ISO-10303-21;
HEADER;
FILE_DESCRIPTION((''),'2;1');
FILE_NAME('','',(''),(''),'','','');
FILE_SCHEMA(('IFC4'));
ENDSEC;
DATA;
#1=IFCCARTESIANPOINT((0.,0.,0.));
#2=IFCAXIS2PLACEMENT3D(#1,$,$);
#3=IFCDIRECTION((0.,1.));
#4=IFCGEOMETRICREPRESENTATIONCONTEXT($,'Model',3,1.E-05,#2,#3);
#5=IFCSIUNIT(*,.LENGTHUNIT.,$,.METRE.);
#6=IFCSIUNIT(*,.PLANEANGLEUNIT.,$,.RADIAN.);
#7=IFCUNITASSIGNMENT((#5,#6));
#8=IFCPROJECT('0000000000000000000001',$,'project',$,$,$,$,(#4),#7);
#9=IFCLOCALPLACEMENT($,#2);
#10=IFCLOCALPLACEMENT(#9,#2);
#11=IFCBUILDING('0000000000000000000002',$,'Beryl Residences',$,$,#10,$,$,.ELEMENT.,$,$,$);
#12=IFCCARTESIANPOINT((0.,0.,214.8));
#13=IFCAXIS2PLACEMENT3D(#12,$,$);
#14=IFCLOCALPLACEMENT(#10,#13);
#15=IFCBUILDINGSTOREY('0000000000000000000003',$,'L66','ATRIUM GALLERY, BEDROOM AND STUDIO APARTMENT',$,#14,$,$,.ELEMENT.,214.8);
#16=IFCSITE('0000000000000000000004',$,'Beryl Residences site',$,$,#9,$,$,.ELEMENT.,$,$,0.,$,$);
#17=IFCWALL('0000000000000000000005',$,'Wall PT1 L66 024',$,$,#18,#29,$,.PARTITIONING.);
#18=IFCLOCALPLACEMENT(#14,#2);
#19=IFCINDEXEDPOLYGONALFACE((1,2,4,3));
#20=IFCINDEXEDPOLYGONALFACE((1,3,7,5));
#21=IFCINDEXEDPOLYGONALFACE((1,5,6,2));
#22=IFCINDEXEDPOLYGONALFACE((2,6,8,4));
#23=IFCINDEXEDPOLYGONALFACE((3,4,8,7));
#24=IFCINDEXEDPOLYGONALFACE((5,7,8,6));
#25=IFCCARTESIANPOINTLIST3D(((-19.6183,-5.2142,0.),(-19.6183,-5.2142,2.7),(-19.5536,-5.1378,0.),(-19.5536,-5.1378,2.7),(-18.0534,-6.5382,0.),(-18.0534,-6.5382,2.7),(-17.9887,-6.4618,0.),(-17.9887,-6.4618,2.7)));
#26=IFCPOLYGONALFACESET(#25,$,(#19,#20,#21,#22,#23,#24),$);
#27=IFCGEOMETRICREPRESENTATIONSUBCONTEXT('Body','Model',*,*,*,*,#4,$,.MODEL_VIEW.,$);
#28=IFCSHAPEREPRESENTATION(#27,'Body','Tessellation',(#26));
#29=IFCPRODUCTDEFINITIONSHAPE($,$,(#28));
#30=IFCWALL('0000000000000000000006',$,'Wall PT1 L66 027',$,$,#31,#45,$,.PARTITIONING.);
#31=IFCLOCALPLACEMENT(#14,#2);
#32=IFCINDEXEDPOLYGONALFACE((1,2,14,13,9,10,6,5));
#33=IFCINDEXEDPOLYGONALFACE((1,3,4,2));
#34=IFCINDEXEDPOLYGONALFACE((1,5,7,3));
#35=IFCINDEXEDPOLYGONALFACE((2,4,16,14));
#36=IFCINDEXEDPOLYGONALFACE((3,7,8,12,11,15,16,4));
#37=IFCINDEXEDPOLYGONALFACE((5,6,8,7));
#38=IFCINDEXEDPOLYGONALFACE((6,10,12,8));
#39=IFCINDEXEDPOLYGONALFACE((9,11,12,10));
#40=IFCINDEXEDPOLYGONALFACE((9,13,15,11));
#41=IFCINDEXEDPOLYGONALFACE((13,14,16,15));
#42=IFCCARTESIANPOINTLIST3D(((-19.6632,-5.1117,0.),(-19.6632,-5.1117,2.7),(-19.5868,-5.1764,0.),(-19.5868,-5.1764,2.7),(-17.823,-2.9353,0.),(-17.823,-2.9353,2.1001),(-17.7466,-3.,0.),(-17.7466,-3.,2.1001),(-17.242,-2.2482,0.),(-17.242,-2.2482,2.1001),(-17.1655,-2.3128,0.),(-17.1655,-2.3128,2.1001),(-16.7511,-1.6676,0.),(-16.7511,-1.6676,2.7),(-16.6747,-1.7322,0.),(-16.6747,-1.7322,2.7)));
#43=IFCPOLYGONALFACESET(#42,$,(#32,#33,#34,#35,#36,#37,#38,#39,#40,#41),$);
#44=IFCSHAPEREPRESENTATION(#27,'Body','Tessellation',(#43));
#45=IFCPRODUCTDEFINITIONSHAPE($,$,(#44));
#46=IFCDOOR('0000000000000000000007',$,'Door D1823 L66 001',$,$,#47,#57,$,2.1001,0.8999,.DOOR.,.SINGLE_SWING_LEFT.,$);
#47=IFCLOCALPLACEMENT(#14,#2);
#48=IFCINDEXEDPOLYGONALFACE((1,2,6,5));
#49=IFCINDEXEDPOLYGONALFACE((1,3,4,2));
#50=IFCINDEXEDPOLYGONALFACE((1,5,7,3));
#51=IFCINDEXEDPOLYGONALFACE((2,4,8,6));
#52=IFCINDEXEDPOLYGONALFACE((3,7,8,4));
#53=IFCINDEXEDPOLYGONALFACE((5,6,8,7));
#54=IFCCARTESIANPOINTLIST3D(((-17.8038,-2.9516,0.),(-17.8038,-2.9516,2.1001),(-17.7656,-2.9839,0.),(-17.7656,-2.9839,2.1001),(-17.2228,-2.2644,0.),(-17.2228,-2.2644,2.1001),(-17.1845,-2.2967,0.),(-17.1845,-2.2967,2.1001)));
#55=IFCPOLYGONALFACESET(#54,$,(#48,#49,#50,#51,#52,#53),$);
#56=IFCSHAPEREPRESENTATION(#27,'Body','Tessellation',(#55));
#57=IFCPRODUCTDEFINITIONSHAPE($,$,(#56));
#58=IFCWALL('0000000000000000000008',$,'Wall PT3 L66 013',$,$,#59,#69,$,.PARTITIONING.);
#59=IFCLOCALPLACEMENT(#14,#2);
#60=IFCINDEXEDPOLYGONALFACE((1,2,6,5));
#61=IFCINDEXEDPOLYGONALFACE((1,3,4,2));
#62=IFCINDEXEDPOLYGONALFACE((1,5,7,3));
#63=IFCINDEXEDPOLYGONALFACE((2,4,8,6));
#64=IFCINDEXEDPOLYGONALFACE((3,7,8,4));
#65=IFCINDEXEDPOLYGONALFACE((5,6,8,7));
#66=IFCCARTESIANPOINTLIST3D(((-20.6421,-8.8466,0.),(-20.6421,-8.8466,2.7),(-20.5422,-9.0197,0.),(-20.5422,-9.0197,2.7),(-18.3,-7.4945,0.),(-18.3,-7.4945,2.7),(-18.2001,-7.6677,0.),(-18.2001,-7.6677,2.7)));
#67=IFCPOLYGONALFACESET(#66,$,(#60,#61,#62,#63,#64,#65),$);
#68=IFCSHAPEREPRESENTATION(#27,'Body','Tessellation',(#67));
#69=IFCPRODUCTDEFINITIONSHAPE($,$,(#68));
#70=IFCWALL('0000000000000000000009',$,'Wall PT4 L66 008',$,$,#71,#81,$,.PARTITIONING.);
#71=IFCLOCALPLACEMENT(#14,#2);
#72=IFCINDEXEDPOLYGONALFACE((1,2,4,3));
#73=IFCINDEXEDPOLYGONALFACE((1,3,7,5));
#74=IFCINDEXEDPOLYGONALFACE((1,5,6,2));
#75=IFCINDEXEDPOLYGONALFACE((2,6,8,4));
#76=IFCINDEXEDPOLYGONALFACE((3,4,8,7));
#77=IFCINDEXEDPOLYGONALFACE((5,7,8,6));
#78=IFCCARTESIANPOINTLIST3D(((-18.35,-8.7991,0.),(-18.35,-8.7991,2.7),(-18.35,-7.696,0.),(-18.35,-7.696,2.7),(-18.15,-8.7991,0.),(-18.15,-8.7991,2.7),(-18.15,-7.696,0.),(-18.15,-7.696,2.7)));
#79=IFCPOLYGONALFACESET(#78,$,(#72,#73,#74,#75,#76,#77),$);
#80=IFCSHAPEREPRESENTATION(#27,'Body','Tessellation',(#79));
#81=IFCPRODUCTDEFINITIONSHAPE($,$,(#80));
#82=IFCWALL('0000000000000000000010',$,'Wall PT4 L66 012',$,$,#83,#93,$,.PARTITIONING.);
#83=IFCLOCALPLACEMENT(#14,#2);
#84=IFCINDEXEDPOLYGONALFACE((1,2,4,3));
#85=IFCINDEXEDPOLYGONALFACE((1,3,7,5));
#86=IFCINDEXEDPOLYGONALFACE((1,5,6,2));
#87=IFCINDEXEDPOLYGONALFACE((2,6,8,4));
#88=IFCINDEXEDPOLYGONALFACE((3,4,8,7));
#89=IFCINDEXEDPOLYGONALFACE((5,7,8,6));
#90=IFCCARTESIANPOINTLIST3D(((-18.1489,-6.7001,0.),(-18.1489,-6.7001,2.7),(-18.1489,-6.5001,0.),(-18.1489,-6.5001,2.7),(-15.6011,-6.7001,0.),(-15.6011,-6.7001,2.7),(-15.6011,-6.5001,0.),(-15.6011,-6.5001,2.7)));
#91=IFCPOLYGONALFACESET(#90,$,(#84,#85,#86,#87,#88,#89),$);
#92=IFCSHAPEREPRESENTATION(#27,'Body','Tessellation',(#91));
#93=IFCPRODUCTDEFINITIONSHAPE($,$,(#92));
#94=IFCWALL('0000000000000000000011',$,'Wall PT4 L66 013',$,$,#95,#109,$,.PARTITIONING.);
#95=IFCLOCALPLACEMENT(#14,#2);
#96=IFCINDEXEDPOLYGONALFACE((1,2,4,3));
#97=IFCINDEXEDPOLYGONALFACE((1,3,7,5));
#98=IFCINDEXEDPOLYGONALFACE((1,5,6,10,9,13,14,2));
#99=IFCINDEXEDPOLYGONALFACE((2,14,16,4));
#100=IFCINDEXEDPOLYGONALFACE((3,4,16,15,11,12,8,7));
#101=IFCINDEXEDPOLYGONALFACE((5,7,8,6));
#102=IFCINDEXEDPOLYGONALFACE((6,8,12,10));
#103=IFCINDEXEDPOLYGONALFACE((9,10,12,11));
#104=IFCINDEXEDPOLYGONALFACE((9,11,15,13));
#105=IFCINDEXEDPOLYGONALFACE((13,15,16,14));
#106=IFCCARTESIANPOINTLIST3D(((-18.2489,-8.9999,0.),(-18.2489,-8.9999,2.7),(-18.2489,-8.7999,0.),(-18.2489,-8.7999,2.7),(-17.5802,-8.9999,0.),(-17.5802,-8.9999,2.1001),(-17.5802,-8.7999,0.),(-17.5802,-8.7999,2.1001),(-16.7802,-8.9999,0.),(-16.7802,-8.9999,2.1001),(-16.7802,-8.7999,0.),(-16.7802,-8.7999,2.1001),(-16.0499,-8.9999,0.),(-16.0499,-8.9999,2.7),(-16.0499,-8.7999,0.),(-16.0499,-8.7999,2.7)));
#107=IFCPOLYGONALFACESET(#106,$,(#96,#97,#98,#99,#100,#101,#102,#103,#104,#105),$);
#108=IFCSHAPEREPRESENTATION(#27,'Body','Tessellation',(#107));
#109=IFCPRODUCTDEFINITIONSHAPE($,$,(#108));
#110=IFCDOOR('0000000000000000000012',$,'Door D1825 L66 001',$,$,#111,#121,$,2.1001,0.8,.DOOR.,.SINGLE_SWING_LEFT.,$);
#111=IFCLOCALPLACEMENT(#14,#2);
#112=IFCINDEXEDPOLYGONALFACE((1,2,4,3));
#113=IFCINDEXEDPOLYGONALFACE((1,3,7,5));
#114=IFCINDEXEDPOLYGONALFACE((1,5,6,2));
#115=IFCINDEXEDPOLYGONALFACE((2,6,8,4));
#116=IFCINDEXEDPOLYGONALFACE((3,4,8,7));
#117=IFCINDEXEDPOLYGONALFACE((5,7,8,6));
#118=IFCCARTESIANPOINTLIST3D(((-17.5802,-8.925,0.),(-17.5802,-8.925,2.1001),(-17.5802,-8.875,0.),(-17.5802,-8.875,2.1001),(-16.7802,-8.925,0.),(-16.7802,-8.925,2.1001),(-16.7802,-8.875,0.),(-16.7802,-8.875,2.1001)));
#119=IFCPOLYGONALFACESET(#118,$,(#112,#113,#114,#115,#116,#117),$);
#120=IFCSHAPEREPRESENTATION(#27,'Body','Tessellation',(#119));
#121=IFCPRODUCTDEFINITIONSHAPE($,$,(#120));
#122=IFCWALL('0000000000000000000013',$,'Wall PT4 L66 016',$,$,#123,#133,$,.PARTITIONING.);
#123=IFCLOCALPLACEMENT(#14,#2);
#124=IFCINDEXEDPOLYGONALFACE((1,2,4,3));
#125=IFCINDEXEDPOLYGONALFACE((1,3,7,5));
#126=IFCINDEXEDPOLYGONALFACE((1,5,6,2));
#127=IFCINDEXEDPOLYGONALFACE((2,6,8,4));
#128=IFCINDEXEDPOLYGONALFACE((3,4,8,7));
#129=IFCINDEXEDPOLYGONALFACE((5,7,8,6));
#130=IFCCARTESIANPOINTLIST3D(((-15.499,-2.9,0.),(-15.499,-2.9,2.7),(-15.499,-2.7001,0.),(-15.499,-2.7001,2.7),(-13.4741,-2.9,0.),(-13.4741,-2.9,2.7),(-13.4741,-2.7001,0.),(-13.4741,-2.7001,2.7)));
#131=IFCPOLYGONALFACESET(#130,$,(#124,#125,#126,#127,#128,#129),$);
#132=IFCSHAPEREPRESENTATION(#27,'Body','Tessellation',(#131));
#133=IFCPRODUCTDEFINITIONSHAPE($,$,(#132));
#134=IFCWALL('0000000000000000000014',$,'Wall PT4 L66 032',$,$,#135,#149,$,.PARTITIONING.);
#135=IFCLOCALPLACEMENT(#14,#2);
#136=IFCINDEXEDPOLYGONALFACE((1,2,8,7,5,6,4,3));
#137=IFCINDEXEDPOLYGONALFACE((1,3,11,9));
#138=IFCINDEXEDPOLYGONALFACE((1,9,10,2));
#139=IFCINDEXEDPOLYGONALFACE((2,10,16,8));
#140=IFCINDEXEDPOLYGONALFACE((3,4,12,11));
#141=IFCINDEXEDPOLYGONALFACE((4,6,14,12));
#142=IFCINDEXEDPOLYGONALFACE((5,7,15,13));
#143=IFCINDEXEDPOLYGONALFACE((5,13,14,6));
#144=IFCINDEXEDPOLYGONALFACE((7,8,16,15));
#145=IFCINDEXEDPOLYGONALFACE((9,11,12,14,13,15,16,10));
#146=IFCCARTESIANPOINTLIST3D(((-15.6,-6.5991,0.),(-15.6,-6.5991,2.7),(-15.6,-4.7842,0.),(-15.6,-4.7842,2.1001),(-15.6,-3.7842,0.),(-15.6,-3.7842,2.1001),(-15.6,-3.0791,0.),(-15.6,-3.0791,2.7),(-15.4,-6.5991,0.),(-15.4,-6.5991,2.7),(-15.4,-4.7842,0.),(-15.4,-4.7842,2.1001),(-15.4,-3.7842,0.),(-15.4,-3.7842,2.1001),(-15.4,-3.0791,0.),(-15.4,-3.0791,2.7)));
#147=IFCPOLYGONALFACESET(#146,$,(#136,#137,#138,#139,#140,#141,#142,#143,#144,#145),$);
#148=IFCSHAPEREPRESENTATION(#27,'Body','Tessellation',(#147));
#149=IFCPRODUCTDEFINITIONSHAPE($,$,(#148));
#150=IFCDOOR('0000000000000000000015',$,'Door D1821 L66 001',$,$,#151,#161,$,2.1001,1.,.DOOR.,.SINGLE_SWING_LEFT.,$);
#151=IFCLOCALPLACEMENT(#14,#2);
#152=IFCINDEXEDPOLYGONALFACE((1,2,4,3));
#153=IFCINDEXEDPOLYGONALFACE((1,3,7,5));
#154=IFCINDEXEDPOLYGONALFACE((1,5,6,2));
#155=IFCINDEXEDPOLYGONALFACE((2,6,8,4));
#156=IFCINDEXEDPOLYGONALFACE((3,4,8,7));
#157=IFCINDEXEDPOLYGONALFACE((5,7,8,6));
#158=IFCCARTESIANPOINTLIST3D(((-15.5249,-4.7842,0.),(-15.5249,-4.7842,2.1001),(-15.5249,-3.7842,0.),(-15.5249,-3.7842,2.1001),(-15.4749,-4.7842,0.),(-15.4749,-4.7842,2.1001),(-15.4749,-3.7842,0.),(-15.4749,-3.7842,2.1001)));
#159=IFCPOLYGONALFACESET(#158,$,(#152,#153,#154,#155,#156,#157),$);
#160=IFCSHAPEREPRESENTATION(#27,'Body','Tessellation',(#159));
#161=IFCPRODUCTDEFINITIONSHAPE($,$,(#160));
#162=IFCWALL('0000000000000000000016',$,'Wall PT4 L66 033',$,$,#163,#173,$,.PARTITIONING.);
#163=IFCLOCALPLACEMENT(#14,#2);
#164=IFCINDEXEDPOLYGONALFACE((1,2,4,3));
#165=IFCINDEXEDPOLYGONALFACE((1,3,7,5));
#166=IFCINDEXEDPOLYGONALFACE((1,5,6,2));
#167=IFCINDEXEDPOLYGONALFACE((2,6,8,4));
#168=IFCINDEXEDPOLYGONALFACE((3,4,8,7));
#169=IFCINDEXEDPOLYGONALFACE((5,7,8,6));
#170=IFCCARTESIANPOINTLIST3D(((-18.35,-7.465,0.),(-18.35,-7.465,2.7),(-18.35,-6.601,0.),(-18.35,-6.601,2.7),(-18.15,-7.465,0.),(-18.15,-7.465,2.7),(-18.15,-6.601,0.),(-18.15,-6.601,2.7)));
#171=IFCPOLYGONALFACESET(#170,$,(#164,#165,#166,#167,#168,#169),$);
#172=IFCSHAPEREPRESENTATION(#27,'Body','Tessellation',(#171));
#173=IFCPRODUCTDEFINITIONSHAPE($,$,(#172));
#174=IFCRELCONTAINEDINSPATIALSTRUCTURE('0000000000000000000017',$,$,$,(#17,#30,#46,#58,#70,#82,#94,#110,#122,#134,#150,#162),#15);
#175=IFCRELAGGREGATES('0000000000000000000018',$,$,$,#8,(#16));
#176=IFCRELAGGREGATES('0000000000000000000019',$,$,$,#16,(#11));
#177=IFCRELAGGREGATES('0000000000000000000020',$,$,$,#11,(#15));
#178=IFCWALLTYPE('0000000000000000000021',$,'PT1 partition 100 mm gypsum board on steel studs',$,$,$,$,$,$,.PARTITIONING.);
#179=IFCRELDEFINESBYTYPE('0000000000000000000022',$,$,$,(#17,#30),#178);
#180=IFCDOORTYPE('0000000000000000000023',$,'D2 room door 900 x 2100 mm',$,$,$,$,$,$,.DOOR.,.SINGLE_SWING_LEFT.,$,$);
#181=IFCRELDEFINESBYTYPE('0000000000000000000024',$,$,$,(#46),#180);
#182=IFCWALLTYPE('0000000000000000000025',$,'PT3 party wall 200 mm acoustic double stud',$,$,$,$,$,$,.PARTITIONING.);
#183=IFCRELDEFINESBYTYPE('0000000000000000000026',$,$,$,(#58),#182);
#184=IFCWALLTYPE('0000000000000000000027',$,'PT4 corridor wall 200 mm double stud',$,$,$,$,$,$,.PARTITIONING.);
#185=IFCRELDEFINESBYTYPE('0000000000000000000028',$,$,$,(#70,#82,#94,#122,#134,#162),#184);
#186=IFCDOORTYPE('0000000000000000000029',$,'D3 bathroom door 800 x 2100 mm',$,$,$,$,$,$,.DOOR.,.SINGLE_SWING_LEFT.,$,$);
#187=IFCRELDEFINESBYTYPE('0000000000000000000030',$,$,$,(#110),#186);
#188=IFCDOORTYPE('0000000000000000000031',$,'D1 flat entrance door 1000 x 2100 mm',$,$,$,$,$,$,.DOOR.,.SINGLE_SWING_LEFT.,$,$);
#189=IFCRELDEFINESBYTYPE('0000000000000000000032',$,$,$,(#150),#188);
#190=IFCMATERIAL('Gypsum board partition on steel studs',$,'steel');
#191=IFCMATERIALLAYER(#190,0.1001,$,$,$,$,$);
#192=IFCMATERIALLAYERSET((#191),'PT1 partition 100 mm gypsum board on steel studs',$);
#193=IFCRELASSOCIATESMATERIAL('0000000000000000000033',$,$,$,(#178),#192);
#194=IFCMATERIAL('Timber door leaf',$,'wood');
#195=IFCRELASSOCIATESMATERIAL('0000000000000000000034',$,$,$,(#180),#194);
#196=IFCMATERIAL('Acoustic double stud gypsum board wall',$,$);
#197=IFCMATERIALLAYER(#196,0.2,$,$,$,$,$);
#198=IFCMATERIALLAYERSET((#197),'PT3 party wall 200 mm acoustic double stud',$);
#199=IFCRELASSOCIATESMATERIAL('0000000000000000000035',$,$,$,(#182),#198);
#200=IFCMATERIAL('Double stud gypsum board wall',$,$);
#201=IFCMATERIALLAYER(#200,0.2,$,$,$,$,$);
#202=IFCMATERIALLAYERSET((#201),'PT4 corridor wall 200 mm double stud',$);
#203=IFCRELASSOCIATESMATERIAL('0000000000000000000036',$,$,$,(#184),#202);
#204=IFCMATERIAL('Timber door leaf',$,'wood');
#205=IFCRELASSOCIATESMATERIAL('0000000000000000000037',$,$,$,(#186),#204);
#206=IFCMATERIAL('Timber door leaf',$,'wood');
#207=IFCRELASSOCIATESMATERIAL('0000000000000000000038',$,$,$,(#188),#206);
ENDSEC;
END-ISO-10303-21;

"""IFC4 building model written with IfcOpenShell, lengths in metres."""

from ifc_helpers import new_model, si_unit, direction, frame, frame_2d, origin, place, context, subcontext, project, spatial, rectangle, extrude, material, layer, layer_set, type_object, element, fill, save


model = new_model("IFC4")

# Units and contexts
model_context = context("Model", 3, precision=1e-05, world=origin(), true_north=direction((0.0, 1.0)))
body_context = subcontext(model_context, "Body", "Model", "MODEL_VIEW")
ifc_project = project(units=[si_unit("LENGTHUNIT", "METRE"), si_unit("PLANEANGLEUNIT", "RADIAN")], contexts=[model_context])

# Site, building, storey
site_placement = place(None, origin())
site = spatial("IfcSite", under=ifc_project, at=site_placement, Name="Beryl Residences site", CompositionType="ELEMENT", RefElevation=0.0)
building_placement = place(site_placement, origin())
building = spatial("IfcBuilding", under=site, at=building_placement, Name="Beryl Residences", CompositionType="ELEMENT")
storey_placement = place(building_placement, frame((0.0, 0.0, 214.8)))
storey = spatial("IfcBuildingStorey", under=building, at=storey_placement, Name="L66", Description="ATRIUM GALLERY, BEDROOM AND STUDIO APARTMENT", CompositionType="ELEMENT", Elevation=214.8)

# Shared definitions
ifc_material_1 = material(Name="Gypsum board partition on steel studs", Category="steel")
ifc_layer_1 = layer(ifc_material_1, 0.1001)
ifc_layer_set_1 = layer_set([ifc_layer_1], Name="PT1 partition 100 mm gypsum board on steel studs")
wall_type_1 = type_object("IfcWallType", Name="PT1 partition 100 mm gypsum board on steel studs", PredefinedType="PARTITIONING", material=ifc_layer_set_1)
ifc_material_2 = material(Name="Timber door leaf", Category="wood")
door_type_1 = type_object("IfcDoorType", Name="D2 room door 900 x 2100 mm", OperationType="SINGLE_SWING_LEFT", PredefinedType="DOOR", material=ifc_material_2)

# Wall
wall_1_placement = place(storey_placement, frame((-19.5859, -5.176, 0.0), z_axis=(0.0, 0.0, 1.0), x_axis=(0.763436, -0.645884, 0.0)))
element("IfcWall", 1, at=wall_1_placement, inside=storey, type_object=wall_type_1, Name="Wall PT1 L66 024", PredefinedType="PARTITIONING", context=body_context, shape_type="SweptSolid", body=[
    extrude(rectangle(XDim=2.0498, YDim=0.1001, at=frame_2d((1.0249, 0.0))), origin(), (0.0, 0.0, 1.0), 2.7),
])

# Wall, opening, door
wall_2_placement = place(storey_placement, frame((-19.625, -5.144, 0.0), z_axis=(0.0, 0.0, 1.0), x_axis=(0.645668, 0.763618, 0.0)))
wall_2 = element("IfcWall", 2, at=wall_2_placement, inside=storey, type_object=wall_type_1, Name="Wall PT1 L66 027", PredefinedType="PARTITIONING", context=body_context, shape_type="SweptSolid", body=[
    extrude(rectangle(XDim=4.5103, YDim=0.1001, at=frame_2d((2.2551, 0.0))), origin(), (0.0, 0.0, 1.0), 2.7),
])
opening_1_placement = place(wall_2_placement, frame((2.8501, 0.0, 0.0)))
opening_1 = element("IfcOpeningElement", 3, at=opening_1_placement, cuts=wall_2, PredefinedType="OPENING", context=body_context, shape_type="SweptSolid", body=[
    extrude(rectangle(XDim=0.8999, YDim=2.1001, at=frame_2d((0.45, 1.05))), frame((0.0, 0.0601, 0.0), z_axis=(0.0, -1.0, 0.0), x_axis=(1.0, 0.0, 0.0)), (0.0, 0.0, 1.0), 0.1201),
])
door_1_placement = place(opening_1_placement, origin())
door_1 = element("IfcDoor", 4, at=door_1_placement, inside=storey, type_object=door_type_1, Name="Door D1823 L66 001", OperationType="SINGLE_SWING_LEFT", OverallHeight=2.1001, OverallWidth=0.8999, PredefinedType="DOOR", context=body_context, shape_type="SweptSolid", body=[
    extrude(rectangle(XDim=0.8999, YDim=2.1001, at=frame_2d((0.45, 1.05))), frame((0.0, 0.0249, 0.0), z_axis=(0.0, -1.0, 0.0), x_axis=(1.0, 0.0, 0.0)), (0.0, 0.0, 1.0), 0.05),
])
fill(opening_1, door_1)

# Walls
ifc_material_3 = material(Name="Acoustic double stud gypsum board wall")
ifc_layer_2 = layer(ifc_material_3, 0.2)
ifc_layer_set_2 = layer_set([ifc_layer_2], Name="PT3 party wall 200 mm acoustic double stud")
wall_type_2 = type_object("IfcWallType", Name="PT3 party wall 200 mm acoustic double stud", PredefinedType="PARTITIONING", material=ifc_layer_set_2)
wall_3_placement = place(storey_placement, frame((-20.592, -8.9331, 0.0), z_axis=(0.0, 0.0, 1.0), x_axis=(0.866046, 0.499965, 0.0)))
element("IfcWall", 5, at=wall_3_placement, inside=storey, type_object=wall_type_2, Name="Wall PT3 L66 013", PredefinedType="PARTITIONING", context=body_context, shape_type="SweptSolid", body=[
    extrude(rectangle(XDim=2.7043, YDim=0.2, at=frame_2d((1.3521, 0.0))), origin(), (0.0, 0.0, 1.0), 2.7),
])
ifc_material_4 = material(Name="Double stud gypsum board wall")
ifc_layer_3 = layer(ifc_material_4, 0.2)
ifc_layer_set_3 = layer_set([ifc_layer_3], Name="PT4 corridor wall 200 mm double stud")
wall_type_3 = type_object("IfcWallType", Name="PT4 corridor wall 200 mm double stud", PredefinedType="PARTITIONING", material=ifc_layer_set_3)
wall_4_placement = place(storey_placement, frame((-18.25, -7.696, 0.0), z_axis=(0.0, 0.0, 1.0), x_axis=(0.0, -1.0, 0.0)))
element("IfcWall", 6, at=wall_4_placement, inside=storey, type_object=wall_type_3, Name="Wall PT4 L66 008", PredefinedType="PARTITIONING", context=body_context, shape_type="SweptSolid", body=[
    extrude(rectangle(XDim=1.103, YDim=0.2, at=frame_2d((0.5515, 0.0))), origin(), (0.0, 0.0, 1.0), 2.7),
])
wall_5_placement = place(storey_placement, frame((-18.1489, -6.6001, 0.0), z_axis=(0.0, 0.0, 1.0), x_axis=(1.0, 0.0, 0.0)))
element("IfcWall", 7, at=wall_5_placement, inside=storey, type_object=wall_type_3, Name="Wall PT4 L66 012", PredefinedType="PARTITIONING", context=body_context, shape_type="SweptSolid", body=[
    extrude(rectangle(XDim=2.5479, YDim=0.2, at=frame_2d((1.2739, 0.0))), origin(), (0.0, 0.0, 1.0), 2.7),
])

# Wall, opening, door
wall_6_placement = place(storey_placement, frame((-18.249, -8.8999, 0.0), z_axis=(0.0, 0.0, 1.0), x_axis=(1.0, 0.0, 0.0)))
wall_6 = element("IfcWall", 8, at=wall_6_placement, inside=storey, type_object=wall_type_3, Name="Wall PT4 L66 013", PredefinedType="PARTITIONING", context=body_context, shape_type="SweptSolid", body=[
    extrude(rectangle(XDim=2.199, YDim=0.2, at=frame_2d((1.0996, 0.0))), origin(), (0.0, 0.0, 1.0), 2.7),
])
opening_2_placement = place(wall_6_placement, frame((0.6689, 0.0, 0.0)))
opening_2 = element("IfcOpeningElement", 9, at=opening_2_placement, cuts=wall_6, PredefinedType="OPENING", context=body_context, shape_type="SweptSolid", body=[
    extrude(rectangle(XDim=0.8, YDim=2.1001, at=frame_2d((0.3999, 1.05))), frame((0.0, 0.1099, 0.0), z_axis=(0.0, -1.0, 0.0), x_axis=(1.0, 0.0, 0.0)), (0.0, 0.0, 1.0), 0.22),
])
ifc_material_5 = material(Name="Timber door leaf", Category="wood")
door_type_2 = type_object("IfcDoorType", Name="D3 bathroom door 800 x 2100 mm", OperationType="SINGLE_SWING_LEFT", PredefinedType="DOOR", material=ifc_material_5)
door_2_placement = place(opening_2_placement, origin())
door_2 = element("IfcDoor", 10, at=door_2_placement, inside=storey, type_object=door_type_2, Name="Door D1825 L66 001", OperationType="SINGLE_SWING_LEFT", OverallHeight=2.1001, OverallWidth=0.8, PredefinedType="DOOR", context=body_context, shape_type="SweptSolid", body=[
    extrude(rectangle(XDim=0.8, YDim=2.1001, at=frame_2d((0.3999, 1.05))), frame((0.0, 0.0249, 0.0), z_axis=(0.0, -1.0, 0.0), x_axis=(1.0, 0.0, 0.0)), (0.0, 0.0, 1.0), 0.05),
])
fill(opening_2, door_2)

# Wall
wall_7_placement = place(storey_placement, frame((-15.499, -2.8, 0.0), z_axis=(0.0, 0.0, 1.0), x_axis=(1.0, 0.0, 0.0)))
element("IfcWall", 11, at=wall_7_placement, inside=storey, type_object=wall_type_3, Name="Wall PT4 L66 016", PredefinedType="PARTITIONING", context=body_context, shape_type="SweptSolid", body=[
    extrude(rectangle(XDim=2.0249, YDim=0.2, at=frame_2d((1.0125, 0.0))), origin(), (0.0, 0.0, 1.0), 2.7),
])

# Wall, opening, door
wall_8_placement = place(storey_placement, frame((-15.5, -6.5991, 0.0), z_axis=(0.0, 0.0, 1.0), x_axis=(0.0, 1.0, 0.0)))
wall_8 = element("IfcWall", 12, at=wall_8_placement, inside=storey, type_object=wall_type_3, Name="Wall PT4 L66 032", PredefinedType="PARTITIONING", context=body_context, shape_type="SweptSolid", body=[
    extrude(rectangle(XDim=3.52, YDim=0.2, at=frame_2d((1.76, 0.0))), origin(), (0.0, 0.0, 1.0), 2.7),
])
opening_3_placement = place(wall_8_placement, frame((1.8149, 0.0, 0.0)))
opening_3 = element("IfcOpeningElement", 13, at=opening_3_placement, cuts=wall_8, PredefinedType="OPENING", context=body_context, shape_type="SweptSolid", body=[
    extrude(rectangle(XDim=1.0, YDim=2.1001, at=frame_2d((0.5, 1.05))), frame((0.0, 0.1099, 0.0), z_axis=(0.0, -1.0, 0.0), x_axis=(1.0, 0.0, 0.0)), (0.0, 0.0, 1.0), 0.22),
])
ifc_material_6 = material(Name="Timber door leaf", Category="wood")
door_type_3 = type_object("IfcDoorType", Name="D1 flat entrance door 1000 x 2100 mm", OperationType="SINGLE_SWING_LEFT", PredefinedType="DOOR", material=ifc_material_6)
door_3_placement = place(opening_3_placement, origin())
door_3 = element("IfcDoor", 14, at=door_3_placement, inside=storey, type_object=door_type_3, Name="Door D1821 L66 001", OperationType="SINGLE_SWING_LEFT", OverallHeight=2.1001, OverallWidth=1.0, PredefinedType="DOOR", context=body_context, shape_type="SweptSolid", body=[
    extrude(rectangle(XDim=1.0, YDim=2.1001, at=frame_2d((0.5, 1.05))), frame((0.0, 0.0249, 0.0), z_axis=(0.0, -1.0, 0.0), x_axis=(1.0, 0.0, 0.0)), (0.0, 0.0, 1.0), 0.05),
])
fill(opening_3, door_3)

# Wall
wall_9_placement = place(storey_placement, frame((-18.25, -7.4651, 0.0), z_axis=(0.0, 0.0, 1.0), x_axis=(0.0, 1.0, 0.0)))
element("IfcWall", 15, at=wall_9_placement, inside=storey, type_object=wall_type_3, Name="Wall PT4 L66 033", PredefinedType="PARTITIONING", context=body_context, shape_type="SweptSolid", body=[
    extrude(rectangle(XDim=0.864, YDim=0.2, at=frame_2d((0.4321, 0.0))), origin(), (0.0, 0.0, 1.0), 2.7),
])

save(model, "model.ifc")
